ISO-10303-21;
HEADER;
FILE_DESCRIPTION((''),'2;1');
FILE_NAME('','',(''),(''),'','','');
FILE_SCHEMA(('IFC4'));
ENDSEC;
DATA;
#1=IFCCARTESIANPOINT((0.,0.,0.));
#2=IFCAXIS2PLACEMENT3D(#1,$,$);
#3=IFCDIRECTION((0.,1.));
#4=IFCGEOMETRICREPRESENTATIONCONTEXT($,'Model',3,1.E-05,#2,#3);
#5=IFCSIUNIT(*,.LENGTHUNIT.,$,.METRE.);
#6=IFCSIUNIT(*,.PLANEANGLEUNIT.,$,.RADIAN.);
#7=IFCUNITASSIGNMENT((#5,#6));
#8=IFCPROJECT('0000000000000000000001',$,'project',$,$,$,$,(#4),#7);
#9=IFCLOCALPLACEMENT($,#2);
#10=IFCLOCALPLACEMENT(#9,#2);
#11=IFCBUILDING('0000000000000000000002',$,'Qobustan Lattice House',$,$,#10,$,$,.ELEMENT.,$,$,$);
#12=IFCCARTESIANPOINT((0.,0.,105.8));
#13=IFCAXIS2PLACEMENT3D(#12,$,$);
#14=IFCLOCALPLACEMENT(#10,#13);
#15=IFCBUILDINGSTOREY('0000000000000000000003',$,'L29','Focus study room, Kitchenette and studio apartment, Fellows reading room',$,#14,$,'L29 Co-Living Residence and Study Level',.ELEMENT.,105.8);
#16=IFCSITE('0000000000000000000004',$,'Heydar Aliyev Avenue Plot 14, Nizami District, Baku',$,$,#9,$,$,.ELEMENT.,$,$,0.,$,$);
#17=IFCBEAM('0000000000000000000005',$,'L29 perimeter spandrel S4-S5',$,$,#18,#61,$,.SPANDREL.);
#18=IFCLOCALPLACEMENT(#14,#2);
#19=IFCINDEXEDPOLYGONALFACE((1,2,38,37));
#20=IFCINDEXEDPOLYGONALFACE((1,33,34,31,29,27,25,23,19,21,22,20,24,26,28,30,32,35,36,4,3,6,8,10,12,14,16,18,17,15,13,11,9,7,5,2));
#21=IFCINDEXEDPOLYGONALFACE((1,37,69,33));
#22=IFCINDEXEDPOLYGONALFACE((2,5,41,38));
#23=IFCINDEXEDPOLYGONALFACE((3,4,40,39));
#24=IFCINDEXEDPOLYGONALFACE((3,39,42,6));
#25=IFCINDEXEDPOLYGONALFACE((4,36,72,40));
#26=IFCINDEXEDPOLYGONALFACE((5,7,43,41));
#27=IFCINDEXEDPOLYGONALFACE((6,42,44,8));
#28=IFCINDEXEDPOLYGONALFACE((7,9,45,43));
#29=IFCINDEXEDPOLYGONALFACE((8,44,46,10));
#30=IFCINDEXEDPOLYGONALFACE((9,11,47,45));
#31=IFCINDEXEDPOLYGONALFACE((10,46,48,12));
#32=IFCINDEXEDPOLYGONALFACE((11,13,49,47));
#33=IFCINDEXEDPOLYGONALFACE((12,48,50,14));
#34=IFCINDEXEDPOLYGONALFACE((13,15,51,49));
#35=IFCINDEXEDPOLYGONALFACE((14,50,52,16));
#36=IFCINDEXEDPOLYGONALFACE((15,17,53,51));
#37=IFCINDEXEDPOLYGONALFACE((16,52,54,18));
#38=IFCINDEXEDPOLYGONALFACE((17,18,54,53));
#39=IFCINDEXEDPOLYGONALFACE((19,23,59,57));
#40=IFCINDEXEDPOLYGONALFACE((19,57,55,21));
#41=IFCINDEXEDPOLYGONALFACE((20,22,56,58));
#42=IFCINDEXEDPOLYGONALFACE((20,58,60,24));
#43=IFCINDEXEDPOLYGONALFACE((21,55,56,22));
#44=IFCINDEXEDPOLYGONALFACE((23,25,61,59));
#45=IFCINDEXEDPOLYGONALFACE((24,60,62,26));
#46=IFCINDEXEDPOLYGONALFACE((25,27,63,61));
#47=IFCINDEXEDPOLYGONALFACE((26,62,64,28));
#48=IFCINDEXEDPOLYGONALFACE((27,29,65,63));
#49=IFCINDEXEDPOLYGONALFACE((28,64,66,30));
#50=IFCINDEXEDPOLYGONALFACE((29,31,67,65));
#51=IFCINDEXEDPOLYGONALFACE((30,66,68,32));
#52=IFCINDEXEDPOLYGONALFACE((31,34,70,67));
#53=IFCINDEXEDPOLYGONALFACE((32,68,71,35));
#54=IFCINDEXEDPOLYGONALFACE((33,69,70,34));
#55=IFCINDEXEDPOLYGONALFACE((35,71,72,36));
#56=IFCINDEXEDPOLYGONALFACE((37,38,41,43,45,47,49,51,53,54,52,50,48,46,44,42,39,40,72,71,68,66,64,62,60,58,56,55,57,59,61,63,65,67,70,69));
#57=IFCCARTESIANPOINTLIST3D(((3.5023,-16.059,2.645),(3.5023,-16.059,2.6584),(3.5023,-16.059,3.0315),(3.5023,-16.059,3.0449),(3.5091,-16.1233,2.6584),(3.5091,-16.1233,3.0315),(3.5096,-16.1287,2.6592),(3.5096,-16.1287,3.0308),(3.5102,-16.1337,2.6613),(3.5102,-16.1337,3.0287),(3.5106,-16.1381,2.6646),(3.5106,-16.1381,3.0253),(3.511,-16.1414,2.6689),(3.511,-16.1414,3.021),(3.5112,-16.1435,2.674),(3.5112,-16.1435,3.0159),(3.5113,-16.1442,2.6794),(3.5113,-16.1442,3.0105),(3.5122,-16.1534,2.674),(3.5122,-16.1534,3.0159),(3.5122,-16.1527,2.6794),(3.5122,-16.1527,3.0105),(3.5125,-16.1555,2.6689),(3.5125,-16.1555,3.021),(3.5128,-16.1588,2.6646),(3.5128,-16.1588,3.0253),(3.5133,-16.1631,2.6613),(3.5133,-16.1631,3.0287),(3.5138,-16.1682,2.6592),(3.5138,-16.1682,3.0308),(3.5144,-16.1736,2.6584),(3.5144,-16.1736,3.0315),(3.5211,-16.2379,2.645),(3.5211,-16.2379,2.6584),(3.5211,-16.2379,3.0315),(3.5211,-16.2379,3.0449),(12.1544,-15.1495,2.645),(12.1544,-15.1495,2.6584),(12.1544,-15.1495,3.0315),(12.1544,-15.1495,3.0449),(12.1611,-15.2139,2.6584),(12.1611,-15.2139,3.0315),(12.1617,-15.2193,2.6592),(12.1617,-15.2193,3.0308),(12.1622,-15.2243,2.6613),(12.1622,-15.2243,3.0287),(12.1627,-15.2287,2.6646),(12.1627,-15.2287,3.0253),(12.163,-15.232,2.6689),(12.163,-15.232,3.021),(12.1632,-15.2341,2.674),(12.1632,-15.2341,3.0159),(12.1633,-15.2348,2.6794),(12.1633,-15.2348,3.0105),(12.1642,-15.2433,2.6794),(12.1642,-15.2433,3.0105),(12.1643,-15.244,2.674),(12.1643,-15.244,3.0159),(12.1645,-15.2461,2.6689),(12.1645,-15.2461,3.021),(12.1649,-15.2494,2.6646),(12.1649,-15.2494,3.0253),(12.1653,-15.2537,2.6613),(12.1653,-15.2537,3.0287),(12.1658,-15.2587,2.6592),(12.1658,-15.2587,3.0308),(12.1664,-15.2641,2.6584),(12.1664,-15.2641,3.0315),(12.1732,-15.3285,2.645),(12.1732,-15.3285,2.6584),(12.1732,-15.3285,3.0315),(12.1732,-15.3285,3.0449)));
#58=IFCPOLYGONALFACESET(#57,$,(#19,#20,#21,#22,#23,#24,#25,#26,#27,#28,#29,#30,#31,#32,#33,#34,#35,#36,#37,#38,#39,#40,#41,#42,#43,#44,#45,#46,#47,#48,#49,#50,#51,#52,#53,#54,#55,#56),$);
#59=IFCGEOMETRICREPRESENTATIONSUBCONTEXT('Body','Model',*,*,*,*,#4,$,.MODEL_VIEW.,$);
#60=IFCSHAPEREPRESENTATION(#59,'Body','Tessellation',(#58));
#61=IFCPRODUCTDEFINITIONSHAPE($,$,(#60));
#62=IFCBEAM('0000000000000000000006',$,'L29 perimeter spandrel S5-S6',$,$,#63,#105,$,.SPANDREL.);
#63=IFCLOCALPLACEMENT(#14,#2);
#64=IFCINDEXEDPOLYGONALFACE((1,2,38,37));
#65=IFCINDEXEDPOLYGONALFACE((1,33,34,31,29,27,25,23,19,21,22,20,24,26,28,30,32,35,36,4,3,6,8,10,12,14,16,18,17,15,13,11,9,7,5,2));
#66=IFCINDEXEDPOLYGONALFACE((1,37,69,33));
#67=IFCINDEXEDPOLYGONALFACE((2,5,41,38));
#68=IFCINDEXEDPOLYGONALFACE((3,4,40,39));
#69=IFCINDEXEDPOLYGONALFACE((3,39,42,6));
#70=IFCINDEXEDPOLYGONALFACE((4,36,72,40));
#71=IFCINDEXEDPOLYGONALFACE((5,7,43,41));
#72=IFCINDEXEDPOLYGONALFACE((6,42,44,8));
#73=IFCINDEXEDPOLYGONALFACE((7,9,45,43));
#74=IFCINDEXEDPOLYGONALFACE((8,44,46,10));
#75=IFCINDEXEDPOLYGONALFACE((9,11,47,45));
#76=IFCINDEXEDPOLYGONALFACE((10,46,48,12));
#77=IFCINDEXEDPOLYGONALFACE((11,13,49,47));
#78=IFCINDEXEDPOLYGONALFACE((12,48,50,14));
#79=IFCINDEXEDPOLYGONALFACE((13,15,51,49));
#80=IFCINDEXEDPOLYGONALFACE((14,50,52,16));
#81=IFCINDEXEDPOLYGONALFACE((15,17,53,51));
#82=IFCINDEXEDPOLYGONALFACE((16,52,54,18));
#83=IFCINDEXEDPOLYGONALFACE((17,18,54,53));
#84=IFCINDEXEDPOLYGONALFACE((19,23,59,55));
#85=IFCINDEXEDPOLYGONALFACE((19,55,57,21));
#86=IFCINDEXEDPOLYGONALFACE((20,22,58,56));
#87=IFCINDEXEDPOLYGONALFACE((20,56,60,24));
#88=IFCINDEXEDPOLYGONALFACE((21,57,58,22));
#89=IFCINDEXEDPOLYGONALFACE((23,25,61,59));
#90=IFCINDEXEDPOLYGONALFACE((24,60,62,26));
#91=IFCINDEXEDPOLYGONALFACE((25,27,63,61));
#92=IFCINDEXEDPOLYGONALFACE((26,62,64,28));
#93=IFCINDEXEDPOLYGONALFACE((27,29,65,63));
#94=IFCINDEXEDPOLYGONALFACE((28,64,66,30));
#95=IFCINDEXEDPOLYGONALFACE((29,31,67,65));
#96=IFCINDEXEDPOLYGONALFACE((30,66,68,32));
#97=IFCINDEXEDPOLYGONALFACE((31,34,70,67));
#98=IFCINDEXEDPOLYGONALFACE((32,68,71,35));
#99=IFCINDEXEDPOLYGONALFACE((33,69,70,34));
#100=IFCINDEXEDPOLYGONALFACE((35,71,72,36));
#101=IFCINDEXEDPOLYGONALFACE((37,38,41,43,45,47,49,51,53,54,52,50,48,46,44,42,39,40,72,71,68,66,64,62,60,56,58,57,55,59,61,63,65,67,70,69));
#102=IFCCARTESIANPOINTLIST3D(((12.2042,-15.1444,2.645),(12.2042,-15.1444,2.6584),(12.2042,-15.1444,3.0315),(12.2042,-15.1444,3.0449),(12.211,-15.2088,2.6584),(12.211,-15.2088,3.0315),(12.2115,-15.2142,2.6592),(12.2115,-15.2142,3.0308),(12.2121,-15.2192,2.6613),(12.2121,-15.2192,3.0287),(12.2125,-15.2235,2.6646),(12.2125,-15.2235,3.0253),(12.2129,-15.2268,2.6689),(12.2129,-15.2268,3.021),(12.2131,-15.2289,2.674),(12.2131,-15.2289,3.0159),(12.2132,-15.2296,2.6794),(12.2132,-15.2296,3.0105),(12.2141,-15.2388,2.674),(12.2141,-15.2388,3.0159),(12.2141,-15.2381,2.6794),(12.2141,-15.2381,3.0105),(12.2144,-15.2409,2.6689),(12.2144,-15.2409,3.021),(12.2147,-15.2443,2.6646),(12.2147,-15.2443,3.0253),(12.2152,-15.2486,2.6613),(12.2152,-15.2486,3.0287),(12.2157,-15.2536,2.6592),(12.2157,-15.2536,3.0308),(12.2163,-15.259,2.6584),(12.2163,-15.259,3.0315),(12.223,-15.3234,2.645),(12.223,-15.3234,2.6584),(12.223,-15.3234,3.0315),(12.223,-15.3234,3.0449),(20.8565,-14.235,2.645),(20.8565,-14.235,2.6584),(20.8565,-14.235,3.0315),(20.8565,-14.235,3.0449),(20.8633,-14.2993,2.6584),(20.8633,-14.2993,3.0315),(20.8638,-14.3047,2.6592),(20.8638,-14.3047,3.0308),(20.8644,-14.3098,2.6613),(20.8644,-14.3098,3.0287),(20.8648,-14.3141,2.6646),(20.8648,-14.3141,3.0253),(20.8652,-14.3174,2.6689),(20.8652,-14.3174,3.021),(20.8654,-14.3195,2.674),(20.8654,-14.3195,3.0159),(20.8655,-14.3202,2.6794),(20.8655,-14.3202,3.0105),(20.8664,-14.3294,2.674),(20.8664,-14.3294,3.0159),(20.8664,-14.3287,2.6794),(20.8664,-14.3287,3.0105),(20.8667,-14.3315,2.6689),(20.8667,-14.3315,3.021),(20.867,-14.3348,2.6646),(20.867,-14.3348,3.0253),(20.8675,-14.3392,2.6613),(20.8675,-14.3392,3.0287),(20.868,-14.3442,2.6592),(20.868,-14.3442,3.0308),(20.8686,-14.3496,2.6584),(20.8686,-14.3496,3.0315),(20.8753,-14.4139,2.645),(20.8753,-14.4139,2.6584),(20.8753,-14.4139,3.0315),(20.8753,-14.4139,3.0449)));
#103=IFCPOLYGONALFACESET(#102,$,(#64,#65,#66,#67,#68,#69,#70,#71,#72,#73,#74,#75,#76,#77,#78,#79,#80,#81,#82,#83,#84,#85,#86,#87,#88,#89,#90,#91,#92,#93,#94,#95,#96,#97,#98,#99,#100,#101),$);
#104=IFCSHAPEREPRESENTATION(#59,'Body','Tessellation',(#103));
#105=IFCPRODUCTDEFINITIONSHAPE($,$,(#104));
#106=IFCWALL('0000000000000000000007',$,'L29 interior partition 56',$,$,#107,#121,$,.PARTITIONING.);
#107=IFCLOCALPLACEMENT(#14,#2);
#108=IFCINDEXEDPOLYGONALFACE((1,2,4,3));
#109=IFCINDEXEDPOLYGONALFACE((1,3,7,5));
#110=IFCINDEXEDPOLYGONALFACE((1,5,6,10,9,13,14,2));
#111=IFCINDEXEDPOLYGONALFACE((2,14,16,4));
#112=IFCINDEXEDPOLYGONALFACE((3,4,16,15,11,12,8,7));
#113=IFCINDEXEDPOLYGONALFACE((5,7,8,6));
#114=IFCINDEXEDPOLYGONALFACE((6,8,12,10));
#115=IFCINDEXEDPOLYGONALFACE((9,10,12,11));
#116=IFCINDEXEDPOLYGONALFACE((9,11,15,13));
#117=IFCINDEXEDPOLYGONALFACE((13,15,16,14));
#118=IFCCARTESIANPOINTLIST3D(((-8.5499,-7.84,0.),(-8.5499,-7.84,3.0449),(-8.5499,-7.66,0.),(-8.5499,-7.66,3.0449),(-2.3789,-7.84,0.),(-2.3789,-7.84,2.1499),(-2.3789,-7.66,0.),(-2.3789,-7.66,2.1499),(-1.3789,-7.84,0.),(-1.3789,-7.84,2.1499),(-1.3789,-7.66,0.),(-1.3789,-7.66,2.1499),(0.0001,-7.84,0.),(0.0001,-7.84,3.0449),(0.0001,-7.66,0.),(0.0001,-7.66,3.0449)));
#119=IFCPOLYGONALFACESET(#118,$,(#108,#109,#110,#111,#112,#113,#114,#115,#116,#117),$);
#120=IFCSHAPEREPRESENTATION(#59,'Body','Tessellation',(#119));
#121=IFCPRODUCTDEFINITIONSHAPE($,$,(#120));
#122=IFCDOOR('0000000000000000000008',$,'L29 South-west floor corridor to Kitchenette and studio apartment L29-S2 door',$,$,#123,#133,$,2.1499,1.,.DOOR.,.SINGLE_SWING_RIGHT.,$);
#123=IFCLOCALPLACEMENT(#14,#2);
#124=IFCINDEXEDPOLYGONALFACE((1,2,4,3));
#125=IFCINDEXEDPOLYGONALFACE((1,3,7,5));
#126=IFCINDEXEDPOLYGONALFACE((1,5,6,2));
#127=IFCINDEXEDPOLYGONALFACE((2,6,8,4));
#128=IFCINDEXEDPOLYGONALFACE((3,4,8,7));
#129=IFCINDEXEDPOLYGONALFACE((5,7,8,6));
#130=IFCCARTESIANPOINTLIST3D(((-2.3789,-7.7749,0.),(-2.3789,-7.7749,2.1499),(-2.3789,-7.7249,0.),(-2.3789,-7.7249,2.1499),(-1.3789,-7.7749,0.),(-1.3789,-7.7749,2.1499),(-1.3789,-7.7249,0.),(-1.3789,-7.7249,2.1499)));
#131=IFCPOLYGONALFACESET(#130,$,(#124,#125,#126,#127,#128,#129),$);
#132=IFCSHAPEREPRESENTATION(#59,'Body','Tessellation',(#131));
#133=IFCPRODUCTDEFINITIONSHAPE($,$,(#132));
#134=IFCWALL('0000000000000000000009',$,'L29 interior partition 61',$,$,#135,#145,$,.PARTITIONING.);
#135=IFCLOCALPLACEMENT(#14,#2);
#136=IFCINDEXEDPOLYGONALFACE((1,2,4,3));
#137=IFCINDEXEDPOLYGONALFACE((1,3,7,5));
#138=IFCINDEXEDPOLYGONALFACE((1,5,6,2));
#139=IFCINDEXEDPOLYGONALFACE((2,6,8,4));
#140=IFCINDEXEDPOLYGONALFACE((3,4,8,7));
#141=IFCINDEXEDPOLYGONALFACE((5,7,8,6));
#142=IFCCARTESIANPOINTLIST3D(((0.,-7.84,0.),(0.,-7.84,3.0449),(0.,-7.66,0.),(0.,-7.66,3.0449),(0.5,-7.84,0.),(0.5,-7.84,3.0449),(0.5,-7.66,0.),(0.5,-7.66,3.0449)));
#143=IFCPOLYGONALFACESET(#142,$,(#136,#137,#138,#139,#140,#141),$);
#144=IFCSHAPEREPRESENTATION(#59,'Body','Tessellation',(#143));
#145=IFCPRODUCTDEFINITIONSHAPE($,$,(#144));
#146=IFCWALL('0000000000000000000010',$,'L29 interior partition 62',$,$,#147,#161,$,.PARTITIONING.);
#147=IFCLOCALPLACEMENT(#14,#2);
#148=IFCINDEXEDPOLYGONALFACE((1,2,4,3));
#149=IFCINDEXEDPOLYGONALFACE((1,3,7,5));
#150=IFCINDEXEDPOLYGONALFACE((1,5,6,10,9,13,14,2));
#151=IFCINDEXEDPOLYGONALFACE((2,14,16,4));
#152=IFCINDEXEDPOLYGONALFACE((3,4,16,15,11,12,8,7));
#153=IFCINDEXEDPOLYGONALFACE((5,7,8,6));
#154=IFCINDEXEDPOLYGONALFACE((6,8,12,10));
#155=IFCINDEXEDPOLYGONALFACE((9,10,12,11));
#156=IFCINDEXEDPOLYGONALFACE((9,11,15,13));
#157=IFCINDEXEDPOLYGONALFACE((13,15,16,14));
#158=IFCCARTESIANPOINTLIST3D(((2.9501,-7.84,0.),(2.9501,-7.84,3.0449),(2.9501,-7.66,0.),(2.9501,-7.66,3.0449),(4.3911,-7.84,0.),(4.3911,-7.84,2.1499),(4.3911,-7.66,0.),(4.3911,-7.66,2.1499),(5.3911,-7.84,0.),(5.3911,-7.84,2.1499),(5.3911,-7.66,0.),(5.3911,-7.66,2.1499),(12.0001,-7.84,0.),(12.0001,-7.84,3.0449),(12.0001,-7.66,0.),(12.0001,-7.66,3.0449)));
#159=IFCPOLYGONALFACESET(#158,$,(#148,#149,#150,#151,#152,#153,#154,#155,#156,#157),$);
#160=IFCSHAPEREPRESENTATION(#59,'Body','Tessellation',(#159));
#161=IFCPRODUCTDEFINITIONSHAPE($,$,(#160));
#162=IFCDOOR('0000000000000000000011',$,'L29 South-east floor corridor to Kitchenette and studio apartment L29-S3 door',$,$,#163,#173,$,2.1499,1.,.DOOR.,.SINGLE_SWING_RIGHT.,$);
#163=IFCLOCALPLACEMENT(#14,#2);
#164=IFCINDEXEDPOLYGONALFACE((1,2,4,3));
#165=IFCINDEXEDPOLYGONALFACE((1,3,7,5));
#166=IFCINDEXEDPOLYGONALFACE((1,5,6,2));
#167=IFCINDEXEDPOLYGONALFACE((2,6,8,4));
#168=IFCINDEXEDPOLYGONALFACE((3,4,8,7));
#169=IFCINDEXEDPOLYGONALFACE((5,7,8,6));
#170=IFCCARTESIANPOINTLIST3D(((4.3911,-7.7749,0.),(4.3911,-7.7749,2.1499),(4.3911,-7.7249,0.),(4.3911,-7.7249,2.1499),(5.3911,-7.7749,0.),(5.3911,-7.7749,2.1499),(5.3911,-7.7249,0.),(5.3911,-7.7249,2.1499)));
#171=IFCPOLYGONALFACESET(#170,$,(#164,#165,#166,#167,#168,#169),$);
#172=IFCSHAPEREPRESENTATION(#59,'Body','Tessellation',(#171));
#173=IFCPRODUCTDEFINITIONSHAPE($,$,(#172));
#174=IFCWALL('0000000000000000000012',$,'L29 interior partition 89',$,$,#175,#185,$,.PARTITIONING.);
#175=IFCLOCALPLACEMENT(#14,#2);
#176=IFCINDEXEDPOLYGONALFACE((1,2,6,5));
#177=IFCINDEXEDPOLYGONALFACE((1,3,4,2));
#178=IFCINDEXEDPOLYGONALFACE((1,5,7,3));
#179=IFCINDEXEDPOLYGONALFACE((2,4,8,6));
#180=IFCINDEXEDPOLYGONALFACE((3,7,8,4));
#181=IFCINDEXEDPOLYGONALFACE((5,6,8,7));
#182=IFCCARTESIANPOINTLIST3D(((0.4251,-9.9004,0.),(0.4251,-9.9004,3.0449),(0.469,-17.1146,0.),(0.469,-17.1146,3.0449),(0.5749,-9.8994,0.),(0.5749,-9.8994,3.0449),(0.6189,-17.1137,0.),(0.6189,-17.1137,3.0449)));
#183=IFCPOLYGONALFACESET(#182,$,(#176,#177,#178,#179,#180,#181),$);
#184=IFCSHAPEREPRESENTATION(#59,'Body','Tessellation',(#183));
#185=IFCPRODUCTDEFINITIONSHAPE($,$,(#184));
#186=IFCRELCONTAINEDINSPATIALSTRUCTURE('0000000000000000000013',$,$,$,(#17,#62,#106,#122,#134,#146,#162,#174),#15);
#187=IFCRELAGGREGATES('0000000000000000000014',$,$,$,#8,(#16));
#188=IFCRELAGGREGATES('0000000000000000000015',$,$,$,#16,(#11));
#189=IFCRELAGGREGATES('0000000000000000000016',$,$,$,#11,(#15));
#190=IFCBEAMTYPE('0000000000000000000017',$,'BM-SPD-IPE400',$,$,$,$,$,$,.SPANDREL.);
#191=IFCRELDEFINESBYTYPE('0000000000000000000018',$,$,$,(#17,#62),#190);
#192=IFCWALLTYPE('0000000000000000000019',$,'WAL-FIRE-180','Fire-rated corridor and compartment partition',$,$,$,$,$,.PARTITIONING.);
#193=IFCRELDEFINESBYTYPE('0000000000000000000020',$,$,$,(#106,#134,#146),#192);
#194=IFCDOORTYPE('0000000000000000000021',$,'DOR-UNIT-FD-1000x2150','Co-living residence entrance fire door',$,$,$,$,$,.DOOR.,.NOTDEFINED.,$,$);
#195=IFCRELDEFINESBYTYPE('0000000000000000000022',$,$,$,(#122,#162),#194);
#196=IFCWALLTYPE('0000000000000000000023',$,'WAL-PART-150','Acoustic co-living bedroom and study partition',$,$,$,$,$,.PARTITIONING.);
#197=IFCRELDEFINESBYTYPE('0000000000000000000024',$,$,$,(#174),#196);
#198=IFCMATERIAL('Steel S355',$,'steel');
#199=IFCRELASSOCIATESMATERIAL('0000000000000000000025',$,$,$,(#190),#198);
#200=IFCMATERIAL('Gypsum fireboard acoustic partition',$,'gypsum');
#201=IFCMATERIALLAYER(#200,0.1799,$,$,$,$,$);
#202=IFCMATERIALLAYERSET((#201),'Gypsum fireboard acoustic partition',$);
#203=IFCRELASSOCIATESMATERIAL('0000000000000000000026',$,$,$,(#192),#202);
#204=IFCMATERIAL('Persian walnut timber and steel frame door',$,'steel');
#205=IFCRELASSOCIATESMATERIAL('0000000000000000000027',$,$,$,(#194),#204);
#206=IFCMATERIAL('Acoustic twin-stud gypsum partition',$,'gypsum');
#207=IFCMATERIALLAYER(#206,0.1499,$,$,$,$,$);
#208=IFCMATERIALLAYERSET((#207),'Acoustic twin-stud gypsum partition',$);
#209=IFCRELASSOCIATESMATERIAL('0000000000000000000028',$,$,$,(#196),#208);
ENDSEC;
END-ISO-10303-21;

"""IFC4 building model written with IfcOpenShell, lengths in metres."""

from ifc_helpers import new_model, si_unit, direction, frame, frame_2d, origin, origin_2d, place, context, subcontext, project, spatial, rectangle, i_section, extrude, material, layer, layer_set, material_profile, profile_set, type_object, element, fill, save


model = new_model("IFC4")

# Units and contexts
model_context = context("Model", 3, precision=1e-05, world=origin(), true_north=direction((0.0, 1.0)))
body_context = subcontext(model_context, "Body", "Model", "MODEL_VIEW")
ifc_project = project(units=[si_unit("LENGTHUNIT", "METRE"), si_unit("PLANEANGLEUNIT", "RADIAN")], contexts=[model_context])

# Site, building, storey
site_placement = place(None, origin())
site = spatial("IfcSite", under=ifc_project, at=site_placement, Name="Heydar Aliyev Avenue Plot 14, Nizami District, Baku", CompositionType="ELEMENT", RefElevation=0.0)
building_placement = place(site_placement, origin())
building = spatial("IfcBuilding", under=site, at=building_placement, Name="Qobustan Lattice House", CompositionType="ELEMENT")
storey_placement = place(building_placement, frame((0.0, 0.0, 105.8)))
storey = spatial("IfcBuildingStorey", under=building, at=storey_placement, Name="L29", Description="Focus study room, Kitchenette and studio apartment, Fellows reading room", LongName="L29 Co-Living Residence and Study Level", CompositionType="ELEMENT", Elevation=105.8)

# Beams
ifc_material_1 = material(Name="Steel S355", Category="steel")
ifc_material_profile_1 = material_profile(ifc_material_1, i_section(OverallWidth=0.1799, OverallDepth=0.3999, WebThickness=0.0085, FlangeThickness=0.0134, FilletRadius=0.021, at=origin_2d()), Name="IPE400")
ifc_profile_set_1 = profile_set([ifc_material_profile_1], Name="Steel S355")
beam_type_1 = type_object("IfcBeamType", Name="BM-SPD-IPE400", PredefinedType="SPANDREL", material=ifc_profile_set_1)
beam_1_placement = place(storey_placement, frame((3.5117, -16.1484, 2.845), z_axis=(0.994521, 0.104534, 0.0), x_axis=(-0.104534, 0.994521, 0.0)))
element("IfcBeam", 1, at=beam_1_placement, inside=storey, type_object=beam_type_1, Name="L29 perimeter spandrel S4-S5", PredefinedType="SPANDREL", context=body_context, shape_type="SweptSolid", body=[
    extrude(i_section(OverallWidth=0.1799, OverallDepth=0.3999, WebThickness=0.0085, FlangeThickness=0.0134, FilletRadius=0.021, at=origin_2d()), origin(), (0.0, 0.0, 1.0), 8.6997),
])
beam_2_placement = place(storey_placement, frame((12.2136, -15.2339, 2.845), z_axis=(0.994522, 0.104531, 0.0), x_axis=(-0.104531, 0.994522, 0.0)))
element("IfcBeam", 2, at=beam_2_placement, inside=storey, type_object=beam_type_1, Name="L29 perimeter spandrel S5-S6", PredefinedType="SPANDREL", context=body_context, shape_type="SweptSolid", body=[
    extrude(i_section(OverallWidth=0.1799, OverallDepth=0.3999, WebThickness=0.0085, FlangeThickness=0.0134, FilletRadius=0.021, at=origin_2d()), origin(), (0.0, 0.0, 1.0), 8.7),
])

# Wall, opening, door
ifc_material_2 = material(Name="Gypsum fireboard acoustic partition", Category="gypsum")
ifc_layer_1 = layer(ifc_material_2, 0.1799)
ifc_layer_set_1 = layer_set([ifc_layer_1], Name="Gypsum fireboard acoustic partition")
wall_type_1 = type_object("IfcWallType", Name="WAL-FIRE-180", Description="Fire-rated corridor and compartment partition", PredefinedType="PARTITIONING", material=ifc_layer_set_1)
wall_1_placement = place(storey_placement, frame((0.0, -7.75, 0.0), z_axis=(0.0, 0.0, 1.0), x_axis=(-1.0, 0.0, 0.0)))
wall_1 = element("IfcWall", 3, at=wall_1_placement, inside=storey, type_object=wall_type_1, Name="L29 interior partition 56", PredefinedType="PARTITIONING", context=body_context, shape_type="SweptSolid", body=[
    extrude(rectangle(XDim=8.55, YDim=0.1799, at=frame_2d((4.2749, 0.0))), origin(), (0.0, 0.0, 1.0), 3.0449),
])
opening_1_placement = place(wall_1_placement, frame((1.3789, 0.0, 0.0)))
opening_1 = element("IfcOpeningElement", 4, at=opening_1_placement, cuts=wall_1, PredefinedType="OPENING", context=body_context, shape_type="SweptSolid", body=[
    extrude(rectangle(XDim=1.0, YDim=2.1499, at=frame_2d((0.5, 1.075))), frame((0.0, 0.0999, 0.0), z_axis=(0.0, -1.0, 0.0), x_axis=(1.0, 0.0, 0.0)), (0.0, 0.0, 1.0), 0.2),
])
ifc_material_3 = material(Name="Persian walnut timber and steel frame door", Category="steel")
door_type_1 = type_object("IfcDoorType", Name="DOR-UNIT-FD-1000x2150", Description="Co-living residence entrance fire door", OperationType="NOTDEFINED", PredefinedType="DOOR", material=ifc_material_3)
door_1_placement = place(opening_1_placement, origin())
door_1 = element("IfcDoor", 5, at=door_1_placement, inside=storey, type_object=door_type_1, Name="L29 South-west floor corridor to Kitchenette and studio apartment L29-S2 door", OperationType="SINGLE_SWING_RIGHT", OverallHeight=2.1499, OverallWidth=1.0, PredefinedType="DOOR", context=body_context, shape_type="SweptSolid", body=[
    extrude(rectangle(XDim=1.0, YDim=2.1499, at=frame_2d((0.5, 1.075))), frame((0.0, 0.0249, 0.0), z_axis=(0.0, -1.0, 0.0), x_axis=(1.0, 0.0, 0.0)), (0.0, 0.0, 1.0), 0.05),
])
fill(opening_1, door_1)

# Wall
wall_2_placement = place(storey_placement, frame((0.5, -7.75, 0.0), z_axis=(0.0, 0.0, 1.0), x_axis=(-1.0, 0.0, 0.0)))
element("IfcWall", 6, at=wall_2_placement, inside=storey, type_object=wall_type_1, Name="L29 interior partition 61", PredefinedType="PARTITIONING", context=body_context, shape_type="SweptSolid", body=[
    extrude(rectangle(XDim=0.5, YDim=0.1799, at=frame_2d((0.25, 0.0))), origin(), (0.0, 0.0, 1.0), 3.0449),
])

# Wall, opening, door
wall_3_placement = place(storey_placement, frame((12.0, -7.75, 0.0), z_axis=(0.0, 0.0, 1.0), x_axis=(-1.0, 0.0, 0.0)))
wall_3 = element("IfcWall", 7, at=wall_3_placement, inside=storey, type_object=wall_type_1, Name="L29 interior partition 62", PredefinedType="PARTITIONING", context=body_context, shape_type="SweptSolid", body=[
    extrude(rectangle(XDim=9.05, YDim=0.1799, at=frame_2d((4.5249, 0.0))), origin(), (0.0, 0.0, 1.0), 3.0449),
])
opening_2_placement = place(wall_3_placement, frame((6.6089, 0.0, 0.0)))
opening_2 = element("IfcOpeningElement", 8, at=opening_2_placement, cuts=wall_3, PredefinedType="OPENING", context=body_context, shape_type="SweptSolid", body=[
    extrude(rectangle(XDim=1.0, YDim=2.1499, at=frame_2d((0.5, 1.075))), frame((0.0, 0.0999, 0.0), z_axis=(0.0, -1.0, 0.0), x_axis=(1.0, 0.0, 0.0)), (0.0, 0.0, 1.0), 0.2),
])
door_2_placement = place(opening_2_placement, origin())
door_2 = element("IfcDoor", 9, at=door_2_placement, inside=storey, type_object=door_type_1, Name="L29 South-east floor corridor to Kitchenette and studio apartment L29-S3 door", OperationType="SINGLE_SWING_RIGHT", OverallHeight=2.1499, OverallWidth=1.0, PredefinedType="DOOR", context=body_context, shape_type="SweptSolid", body=[
    extrude(rectangle(XDim=1.0, YDim=2.1499, at=frame_2d((0.5, 1.075))), frame((0.0, 0.0249, 0.0), z_axis=(0.0, -1.0, 0.0), x_axis=(1.0, 0.0, 0.0)), (0.0, 0.0, 1.0), 0.05),
])
fill(opening_2, door_2)

# Wall
ifc_material_4 = material(Name="Acoustic twin-stud gypsum partition", Category="gypsum")
ifc_layer_2 = layer(ifc_material_4, 0.1499)
ifc_layer_set_2 = layer_set([ifc_layer_2], Name="Acoustic twin-stud gypsum partition")
wall_type_2 = type_object("IfcWallType", Name="WAL-PART-150", Description="Acoustic co-living bedroom and study partition", PredefinedType="PARTITIONING", material=ifc_layer_set_2)
wall_4_placement = place(storey_placement, frame((0.5, -9.8999, 0.0), z_axis=(0.0, 0.0, 1.0), x_axis=(0.006091, -0.999981, 0.0)))
element("IfcWall", 10, at=wall_4_placement, inside=storey, type_object=wall_type_2, Name="L29 interior partition 89", PredefinedType="PARTITIONING", context=body_context, shape_type="SweptSolid", body=[
    extrude(rectangle(XDim=7.2144, YDim=0.1499, at=frame_2d((3.6072, 0.0))), origin(), (0.0, 0.0, 1.0), 3.0449),
])

save(model, "model.ifc")
